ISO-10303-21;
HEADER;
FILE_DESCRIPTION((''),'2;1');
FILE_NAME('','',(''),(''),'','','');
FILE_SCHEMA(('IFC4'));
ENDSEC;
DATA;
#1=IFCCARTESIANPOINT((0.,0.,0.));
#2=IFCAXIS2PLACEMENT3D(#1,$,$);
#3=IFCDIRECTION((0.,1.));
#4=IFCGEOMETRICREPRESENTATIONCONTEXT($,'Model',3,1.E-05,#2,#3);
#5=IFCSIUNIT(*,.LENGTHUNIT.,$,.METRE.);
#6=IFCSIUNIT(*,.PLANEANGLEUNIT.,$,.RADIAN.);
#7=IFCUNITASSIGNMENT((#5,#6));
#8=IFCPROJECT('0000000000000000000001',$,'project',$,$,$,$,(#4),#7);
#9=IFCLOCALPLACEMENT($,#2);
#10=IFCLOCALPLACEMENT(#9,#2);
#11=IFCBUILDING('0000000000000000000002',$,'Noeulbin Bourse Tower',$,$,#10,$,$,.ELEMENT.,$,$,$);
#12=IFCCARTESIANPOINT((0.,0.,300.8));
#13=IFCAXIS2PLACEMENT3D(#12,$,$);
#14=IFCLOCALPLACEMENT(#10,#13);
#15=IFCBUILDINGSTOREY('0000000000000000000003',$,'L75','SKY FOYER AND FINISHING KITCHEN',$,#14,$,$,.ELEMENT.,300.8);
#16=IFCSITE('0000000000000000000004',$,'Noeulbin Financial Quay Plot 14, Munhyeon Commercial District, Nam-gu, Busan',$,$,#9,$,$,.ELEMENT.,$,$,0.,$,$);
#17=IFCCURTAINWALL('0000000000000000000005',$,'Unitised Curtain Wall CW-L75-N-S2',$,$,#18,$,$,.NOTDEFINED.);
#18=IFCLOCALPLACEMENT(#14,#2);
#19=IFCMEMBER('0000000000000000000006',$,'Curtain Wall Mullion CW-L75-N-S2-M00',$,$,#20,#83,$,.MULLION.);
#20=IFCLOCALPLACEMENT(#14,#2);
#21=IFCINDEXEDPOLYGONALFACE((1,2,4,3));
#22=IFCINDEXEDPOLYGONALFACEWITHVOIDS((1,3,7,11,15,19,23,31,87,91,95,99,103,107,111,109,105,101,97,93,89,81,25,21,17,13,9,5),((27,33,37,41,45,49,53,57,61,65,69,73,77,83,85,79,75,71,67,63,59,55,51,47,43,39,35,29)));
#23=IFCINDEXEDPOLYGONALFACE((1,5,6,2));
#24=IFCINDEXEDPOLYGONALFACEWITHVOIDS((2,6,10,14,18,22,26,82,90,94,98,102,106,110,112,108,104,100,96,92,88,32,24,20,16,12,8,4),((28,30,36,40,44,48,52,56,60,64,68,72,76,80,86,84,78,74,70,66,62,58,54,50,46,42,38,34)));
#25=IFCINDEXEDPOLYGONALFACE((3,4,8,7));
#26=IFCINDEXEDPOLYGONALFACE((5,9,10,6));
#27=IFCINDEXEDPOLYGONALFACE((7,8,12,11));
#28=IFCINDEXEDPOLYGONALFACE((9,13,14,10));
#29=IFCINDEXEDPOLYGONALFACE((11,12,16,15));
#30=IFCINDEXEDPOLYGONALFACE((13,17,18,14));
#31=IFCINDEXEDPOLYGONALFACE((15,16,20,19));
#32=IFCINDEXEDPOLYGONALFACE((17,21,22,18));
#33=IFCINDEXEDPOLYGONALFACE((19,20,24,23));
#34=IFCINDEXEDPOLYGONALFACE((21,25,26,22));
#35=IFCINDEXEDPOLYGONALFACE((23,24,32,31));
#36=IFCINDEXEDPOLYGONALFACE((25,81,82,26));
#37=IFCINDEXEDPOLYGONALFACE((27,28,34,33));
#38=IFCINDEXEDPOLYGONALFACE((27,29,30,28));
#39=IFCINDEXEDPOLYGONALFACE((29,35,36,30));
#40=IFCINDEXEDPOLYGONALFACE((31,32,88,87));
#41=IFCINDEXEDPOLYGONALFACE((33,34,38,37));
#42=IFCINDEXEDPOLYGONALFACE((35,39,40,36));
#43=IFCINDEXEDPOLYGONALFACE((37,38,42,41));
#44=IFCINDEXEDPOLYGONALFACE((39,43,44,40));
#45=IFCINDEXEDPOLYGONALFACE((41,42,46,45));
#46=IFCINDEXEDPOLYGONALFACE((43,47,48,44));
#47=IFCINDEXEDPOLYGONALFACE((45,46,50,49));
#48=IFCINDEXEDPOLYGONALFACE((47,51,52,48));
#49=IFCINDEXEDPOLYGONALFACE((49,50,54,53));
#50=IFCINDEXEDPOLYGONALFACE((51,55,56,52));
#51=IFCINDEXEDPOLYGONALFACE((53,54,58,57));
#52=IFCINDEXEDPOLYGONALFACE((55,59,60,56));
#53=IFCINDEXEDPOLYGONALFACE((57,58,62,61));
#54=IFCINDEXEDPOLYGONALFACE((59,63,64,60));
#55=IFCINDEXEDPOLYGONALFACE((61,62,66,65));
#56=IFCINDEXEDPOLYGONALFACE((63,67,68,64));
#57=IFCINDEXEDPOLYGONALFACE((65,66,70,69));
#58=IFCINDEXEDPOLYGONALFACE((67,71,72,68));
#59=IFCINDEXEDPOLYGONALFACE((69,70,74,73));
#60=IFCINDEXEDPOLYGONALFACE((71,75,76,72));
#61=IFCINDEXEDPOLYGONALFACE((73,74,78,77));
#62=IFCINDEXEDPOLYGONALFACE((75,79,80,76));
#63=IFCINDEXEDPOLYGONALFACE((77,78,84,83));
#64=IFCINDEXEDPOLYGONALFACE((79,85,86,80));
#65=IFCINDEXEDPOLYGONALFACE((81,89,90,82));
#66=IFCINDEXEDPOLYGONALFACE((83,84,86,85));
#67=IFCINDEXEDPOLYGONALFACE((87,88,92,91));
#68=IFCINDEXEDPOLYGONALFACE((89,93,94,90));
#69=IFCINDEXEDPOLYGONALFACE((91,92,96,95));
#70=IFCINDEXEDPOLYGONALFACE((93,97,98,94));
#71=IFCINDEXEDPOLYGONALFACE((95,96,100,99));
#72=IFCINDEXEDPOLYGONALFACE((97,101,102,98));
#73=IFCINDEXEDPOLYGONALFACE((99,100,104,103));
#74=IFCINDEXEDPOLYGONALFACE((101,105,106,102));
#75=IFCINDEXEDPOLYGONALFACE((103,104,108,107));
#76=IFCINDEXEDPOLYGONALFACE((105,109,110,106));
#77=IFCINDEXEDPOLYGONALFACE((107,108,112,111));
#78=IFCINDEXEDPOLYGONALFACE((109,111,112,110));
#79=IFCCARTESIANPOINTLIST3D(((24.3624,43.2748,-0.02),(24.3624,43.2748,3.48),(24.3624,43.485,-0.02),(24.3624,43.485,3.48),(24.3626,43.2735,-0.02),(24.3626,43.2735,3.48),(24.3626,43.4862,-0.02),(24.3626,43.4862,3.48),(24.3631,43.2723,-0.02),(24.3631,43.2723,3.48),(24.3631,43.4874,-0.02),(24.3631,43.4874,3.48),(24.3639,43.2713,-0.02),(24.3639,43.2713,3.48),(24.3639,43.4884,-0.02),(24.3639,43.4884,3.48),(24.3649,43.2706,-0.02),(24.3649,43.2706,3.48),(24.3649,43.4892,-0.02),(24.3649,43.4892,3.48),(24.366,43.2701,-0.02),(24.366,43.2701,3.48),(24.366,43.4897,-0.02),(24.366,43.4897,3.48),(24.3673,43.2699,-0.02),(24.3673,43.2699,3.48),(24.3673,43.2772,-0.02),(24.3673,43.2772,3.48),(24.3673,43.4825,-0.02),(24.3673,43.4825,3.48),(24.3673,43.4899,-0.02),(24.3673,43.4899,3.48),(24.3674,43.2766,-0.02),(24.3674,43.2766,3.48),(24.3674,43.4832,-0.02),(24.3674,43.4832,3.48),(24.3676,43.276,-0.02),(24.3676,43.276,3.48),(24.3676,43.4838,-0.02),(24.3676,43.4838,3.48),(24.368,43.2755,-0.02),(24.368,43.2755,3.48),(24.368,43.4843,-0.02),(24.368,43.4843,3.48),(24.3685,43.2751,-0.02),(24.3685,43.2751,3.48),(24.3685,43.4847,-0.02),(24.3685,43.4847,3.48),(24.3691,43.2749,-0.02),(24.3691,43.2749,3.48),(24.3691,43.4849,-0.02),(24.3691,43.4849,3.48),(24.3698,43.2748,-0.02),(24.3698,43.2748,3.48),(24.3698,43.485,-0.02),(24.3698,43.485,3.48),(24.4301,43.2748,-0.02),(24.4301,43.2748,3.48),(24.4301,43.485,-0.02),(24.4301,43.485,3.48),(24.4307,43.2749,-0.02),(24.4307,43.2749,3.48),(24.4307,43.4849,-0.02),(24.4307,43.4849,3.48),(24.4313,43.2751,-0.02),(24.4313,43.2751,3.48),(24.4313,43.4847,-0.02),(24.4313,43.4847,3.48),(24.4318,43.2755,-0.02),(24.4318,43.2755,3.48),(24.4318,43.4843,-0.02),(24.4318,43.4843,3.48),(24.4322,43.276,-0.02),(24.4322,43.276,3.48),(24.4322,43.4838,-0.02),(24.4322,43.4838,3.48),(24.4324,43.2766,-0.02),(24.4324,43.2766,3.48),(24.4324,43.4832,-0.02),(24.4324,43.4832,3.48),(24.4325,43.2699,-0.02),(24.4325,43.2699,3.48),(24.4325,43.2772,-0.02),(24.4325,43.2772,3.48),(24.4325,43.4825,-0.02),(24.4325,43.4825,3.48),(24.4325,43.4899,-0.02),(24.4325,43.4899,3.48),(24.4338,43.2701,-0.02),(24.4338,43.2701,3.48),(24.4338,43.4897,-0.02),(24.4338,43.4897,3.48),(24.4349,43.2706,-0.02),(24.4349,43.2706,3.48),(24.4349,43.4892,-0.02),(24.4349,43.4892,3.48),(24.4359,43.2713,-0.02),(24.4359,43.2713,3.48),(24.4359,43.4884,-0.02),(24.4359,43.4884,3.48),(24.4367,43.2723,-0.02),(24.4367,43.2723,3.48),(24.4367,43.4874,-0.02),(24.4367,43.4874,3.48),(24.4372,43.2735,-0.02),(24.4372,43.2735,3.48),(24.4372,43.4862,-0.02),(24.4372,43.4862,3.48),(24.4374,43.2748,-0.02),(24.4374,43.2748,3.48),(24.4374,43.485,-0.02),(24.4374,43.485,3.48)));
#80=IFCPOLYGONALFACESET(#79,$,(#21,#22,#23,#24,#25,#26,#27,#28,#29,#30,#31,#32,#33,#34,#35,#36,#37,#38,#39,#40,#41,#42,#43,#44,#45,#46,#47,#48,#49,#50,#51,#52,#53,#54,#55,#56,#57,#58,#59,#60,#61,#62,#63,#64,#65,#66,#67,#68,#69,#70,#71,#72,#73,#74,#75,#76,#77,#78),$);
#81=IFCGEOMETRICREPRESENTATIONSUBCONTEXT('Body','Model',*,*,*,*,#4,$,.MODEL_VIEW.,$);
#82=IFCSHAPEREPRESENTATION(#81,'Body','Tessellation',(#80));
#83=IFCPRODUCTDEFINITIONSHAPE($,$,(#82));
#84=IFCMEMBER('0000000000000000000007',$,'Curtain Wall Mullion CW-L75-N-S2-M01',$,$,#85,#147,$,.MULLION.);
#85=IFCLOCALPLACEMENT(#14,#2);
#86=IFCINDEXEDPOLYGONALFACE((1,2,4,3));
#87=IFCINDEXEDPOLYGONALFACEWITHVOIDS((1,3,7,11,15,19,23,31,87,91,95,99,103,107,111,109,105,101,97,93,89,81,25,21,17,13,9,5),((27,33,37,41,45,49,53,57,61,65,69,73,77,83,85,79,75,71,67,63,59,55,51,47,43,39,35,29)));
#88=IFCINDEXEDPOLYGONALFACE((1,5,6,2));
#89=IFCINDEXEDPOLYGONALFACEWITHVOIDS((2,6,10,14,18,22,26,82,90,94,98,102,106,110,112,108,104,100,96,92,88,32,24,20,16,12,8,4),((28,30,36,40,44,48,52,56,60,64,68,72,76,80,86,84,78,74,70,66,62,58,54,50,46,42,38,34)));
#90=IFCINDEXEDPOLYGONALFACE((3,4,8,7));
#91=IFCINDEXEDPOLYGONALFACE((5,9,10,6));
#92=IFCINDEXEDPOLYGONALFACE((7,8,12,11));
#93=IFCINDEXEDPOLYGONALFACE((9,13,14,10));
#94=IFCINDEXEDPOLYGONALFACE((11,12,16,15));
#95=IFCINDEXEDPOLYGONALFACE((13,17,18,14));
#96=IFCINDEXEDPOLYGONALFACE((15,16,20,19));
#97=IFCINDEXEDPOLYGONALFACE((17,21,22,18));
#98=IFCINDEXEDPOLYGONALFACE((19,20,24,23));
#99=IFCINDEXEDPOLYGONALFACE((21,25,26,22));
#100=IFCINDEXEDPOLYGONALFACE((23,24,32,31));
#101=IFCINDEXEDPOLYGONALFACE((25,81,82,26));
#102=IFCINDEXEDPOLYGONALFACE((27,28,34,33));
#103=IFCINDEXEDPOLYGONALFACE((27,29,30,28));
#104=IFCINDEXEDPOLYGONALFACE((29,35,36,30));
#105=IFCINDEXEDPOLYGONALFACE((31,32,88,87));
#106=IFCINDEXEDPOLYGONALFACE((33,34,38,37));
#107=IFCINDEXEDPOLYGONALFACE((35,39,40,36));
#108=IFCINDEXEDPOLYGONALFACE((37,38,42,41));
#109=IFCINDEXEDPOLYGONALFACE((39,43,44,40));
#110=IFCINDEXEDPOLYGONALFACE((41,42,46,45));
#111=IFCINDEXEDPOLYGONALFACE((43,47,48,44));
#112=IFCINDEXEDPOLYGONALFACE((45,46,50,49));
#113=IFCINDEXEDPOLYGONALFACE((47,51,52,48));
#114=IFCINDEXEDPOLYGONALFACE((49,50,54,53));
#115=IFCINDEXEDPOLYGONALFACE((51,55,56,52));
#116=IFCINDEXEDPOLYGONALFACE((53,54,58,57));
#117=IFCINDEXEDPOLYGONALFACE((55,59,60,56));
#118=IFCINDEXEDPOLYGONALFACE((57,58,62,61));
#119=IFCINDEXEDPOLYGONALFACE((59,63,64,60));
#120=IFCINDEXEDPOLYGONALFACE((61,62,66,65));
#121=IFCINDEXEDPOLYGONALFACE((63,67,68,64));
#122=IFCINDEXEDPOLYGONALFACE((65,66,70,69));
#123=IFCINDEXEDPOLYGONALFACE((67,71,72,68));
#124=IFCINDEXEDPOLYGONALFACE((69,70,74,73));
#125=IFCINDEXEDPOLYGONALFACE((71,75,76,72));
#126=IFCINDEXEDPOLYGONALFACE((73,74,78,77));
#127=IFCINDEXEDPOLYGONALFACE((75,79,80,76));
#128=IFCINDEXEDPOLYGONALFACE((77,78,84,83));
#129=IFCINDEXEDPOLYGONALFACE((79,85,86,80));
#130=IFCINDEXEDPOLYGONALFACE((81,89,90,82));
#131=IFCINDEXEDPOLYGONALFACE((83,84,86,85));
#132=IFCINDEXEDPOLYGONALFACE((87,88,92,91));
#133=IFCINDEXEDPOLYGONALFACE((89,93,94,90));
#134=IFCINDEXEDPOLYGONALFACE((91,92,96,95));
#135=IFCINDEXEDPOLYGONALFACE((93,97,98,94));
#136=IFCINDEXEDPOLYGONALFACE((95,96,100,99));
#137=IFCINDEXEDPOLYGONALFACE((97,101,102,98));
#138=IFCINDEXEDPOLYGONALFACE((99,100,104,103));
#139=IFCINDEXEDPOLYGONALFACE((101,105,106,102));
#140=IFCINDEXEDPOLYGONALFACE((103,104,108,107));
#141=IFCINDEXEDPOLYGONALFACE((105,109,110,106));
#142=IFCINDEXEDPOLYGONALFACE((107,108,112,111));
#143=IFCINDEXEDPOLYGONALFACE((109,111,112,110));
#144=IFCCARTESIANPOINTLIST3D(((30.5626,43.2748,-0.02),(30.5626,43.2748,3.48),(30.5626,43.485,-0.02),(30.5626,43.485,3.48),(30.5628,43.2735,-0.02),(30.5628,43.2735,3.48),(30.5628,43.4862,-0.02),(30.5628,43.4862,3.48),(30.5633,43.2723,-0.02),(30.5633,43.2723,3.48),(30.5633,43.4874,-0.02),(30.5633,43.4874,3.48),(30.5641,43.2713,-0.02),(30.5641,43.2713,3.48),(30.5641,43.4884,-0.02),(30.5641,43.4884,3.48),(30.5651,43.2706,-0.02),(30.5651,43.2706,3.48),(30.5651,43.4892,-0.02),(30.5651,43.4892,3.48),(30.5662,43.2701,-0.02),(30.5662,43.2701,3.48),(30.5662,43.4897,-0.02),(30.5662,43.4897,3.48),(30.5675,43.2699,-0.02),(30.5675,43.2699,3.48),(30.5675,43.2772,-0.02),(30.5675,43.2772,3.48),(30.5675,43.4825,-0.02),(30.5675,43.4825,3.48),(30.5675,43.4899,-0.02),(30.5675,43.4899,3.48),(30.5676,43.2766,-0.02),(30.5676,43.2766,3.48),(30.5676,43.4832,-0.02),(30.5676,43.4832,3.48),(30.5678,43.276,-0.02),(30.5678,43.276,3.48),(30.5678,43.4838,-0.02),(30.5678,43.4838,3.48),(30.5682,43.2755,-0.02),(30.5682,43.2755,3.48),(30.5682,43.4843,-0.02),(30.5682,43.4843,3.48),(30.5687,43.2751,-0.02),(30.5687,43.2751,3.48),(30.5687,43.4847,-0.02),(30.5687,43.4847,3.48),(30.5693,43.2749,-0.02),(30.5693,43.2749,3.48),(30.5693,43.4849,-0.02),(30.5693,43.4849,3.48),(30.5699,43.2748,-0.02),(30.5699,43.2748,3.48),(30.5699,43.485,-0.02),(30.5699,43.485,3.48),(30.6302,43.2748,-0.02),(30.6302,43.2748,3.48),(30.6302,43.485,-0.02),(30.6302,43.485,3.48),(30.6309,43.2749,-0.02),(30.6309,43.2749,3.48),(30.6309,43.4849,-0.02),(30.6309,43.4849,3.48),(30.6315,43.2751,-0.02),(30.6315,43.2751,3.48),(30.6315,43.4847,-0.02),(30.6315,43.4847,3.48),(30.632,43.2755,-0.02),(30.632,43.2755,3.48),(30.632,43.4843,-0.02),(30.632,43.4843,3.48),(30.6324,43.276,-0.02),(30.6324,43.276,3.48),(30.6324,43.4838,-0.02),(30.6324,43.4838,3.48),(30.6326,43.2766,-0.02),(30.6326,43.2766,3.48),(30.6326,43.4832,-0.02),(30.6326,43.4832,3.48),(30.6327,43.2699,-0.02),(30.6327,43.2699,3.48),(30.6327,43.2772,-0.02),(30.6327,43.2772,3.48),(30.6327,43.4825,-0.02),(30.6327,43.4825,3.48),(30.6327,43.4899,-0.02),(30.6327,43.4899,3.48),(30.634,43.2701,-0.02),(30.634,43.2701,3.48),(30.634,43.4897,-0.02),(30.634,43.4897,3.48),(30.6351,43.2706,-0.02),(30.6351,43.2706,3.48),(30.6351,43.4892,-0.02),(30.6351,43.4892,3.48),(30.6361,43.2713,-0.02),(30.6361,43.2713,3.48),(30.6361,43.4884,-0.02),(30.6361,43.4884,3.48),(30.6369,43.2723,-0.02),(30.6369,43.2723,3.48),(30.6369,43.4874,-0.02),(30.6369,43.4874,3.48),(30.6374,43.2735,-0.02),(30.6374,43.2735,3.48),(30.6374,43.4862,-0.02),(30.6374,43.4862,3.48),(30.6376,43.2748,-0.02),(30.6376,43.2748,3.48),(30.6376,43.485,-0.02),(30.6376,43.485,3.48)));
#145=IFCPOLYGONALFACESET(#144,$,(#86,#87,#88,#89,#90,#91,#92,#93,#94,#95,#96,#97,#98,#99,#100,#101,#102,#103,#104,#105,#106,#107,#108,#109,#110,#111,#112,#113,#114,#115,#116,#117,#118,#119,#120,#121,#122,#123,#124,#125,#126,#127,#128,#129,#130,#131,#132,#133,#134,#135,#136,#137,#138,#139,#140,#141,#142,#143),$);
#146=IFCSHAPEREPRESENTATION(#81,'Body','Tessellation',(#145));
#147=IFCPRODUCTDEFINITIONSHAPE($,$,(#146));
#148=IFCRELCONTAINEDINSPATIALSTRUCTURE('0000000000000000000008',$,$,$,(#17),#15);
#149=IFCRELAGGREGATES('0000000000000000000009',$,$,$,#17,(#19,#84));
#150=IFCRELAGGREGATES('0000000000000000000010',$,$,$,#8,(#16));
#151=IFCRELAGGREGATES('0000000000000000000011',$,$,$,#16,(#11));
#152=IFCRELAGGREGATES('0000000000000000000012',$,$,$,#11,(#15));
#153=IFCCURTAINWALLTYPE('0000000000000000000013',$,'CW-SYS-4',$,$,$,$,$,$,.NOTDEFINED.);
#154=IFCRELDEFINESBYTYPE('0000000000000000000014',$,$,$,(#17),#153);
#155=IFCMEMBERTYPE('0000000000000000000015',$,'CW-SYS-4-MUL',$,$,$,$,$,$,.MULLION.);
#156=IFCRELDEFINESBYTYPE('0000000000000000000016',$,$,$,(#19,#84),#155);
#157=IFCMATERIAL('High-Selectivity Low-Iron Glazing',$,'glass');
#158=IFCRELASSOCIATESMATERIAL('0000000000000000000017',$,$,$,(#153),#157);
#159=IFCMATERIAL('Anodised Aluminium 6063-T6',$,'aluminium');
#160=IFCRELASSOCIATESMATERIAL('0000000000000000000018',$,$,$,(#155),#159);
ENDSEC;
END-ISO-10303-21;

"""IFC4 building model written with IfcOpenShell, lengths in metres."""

from ifc_helpers import new_model, si_unit, direction, frame, origin, origin_2d, place, context, subcontext, project, spatial, hollow_rectangle, extrude, material, material_profile, profile_set, type_object, element, aggregate, save


model = new_model("IFC4")

# Units and contexts
model_context = context("Model", 3, precision=1e-05, world=origin(), true_north=direction((0.0, 1.0)))
body_context = subcontext(model_context, "Body", "Model", "MODEL_VIEW")
ifc_project = project(units=[si_unit("LENGTHUNIT", "METRE"), si_unit("PLANEANGLEUNIT", "RADIAN")], contexts=[model_context])

# Site, building, storey
site_placement = place(None, origin())
site = spatial("IfcSite", under=ifc_project, at=site_placement, Name="Noeulbin Financial Quay Plot 14, Munhyeon Commercial District, Nam-gu, Busan", CompositionType="ELEMENT", RefElevation=0.0)
building_placement = place(site_placement, origin())
building = spatial("IfcBuilding", under=site, at=building_placement, Name="Noeulbin Bourse Tower", CompositionType="ELEMENT")
storey_placement = place(building_placement, frame((0.0, 0.0, 300.8)))
storey = spatial("IfcBuildingStorey", under=building, at=storey_placement, Name="L75", Description="SKY FOYER AND FINISHING KITCHEN", CompositionType="ELEMENT", Elevation=300.8)

# Curtain wall, members
ifc_material_1 = material(Name="High-Selectivity Low-Iron Glazing", Category="glass")
curtain_wall_type = type_object("IfcCurtainWallType", Name="CW-SYS-4", PredefinedType="NOTDEFINED", material=ifc_material_1)
ifc_material_2 = material(Name="Anodised Aluminium 6063-T6", Category="aluminium")
ifc_material_profile_1 = material_profile(ifc_material_2, hollow_rectangle(XDim=0.075, YDim=0.22, WallThickness=0.0049, InnerFilletRadius=0.0024, OuterFilletRadius=0.0049, at=origin_2d()), Name="ALU-MULL-75x220x5", Category="LoadBearing")
ifc_profile_set_1 = profile_set([ifc_material_profile_1], Name="Anodised Aluminium 6063-T6")
member_type_1 = type_object("IfcMemberType", Name="CW-SYS-4-MUL", PredefinedType="MULLION", material=ifc_profile_set_1)
curtain_wall_1_placement = place(storey_placement, origin())
curtain_wall_1 = element("IfcCurtainWall", 1, at=curtain_wall_1_placement, inside=storey, type_object=curtain_wall_type, Name="Unitised Curtain Wall CW-L75-N-S2", PredefinedType="NOTDEFINED")
member_1_placement = place(storey_placement, frame((24.3999, 43.3799, -0.02), z_axis=(0.0, 0.0, 1.0), x_axis=(1.0, 0.0, 0.0)))
member_1 = element("IfcMember", 2, at=member_1_placement, type_object=member_type_1, Name="Curtain Wall Mullion CW-L75-N-S2-M00", PredefinedType="MULLION", context=body_context, shape_type="SweptSolid", body=[
    extrude(hollow_rectangle(XDim=0.075, YDim=0.22, WallThickness=0.0049, InnerFilletRadius=0.0024, OuterFilletRadius=0.0049, at=origin_2d()), origin(), (0.0, 0.0, 1.0), 3.5),
])
member_2_placement = place(storey_placement, frame((30.6001, 43.3799, -0.02), z_axis=(0.0, 0.0, 1.0), x_axis=(1.0, 0.0, 0.0)))
member_2 = element("IfcMember", 3, at=member_2_placement, type_object=member_type_1, Name="Curtain Wall Mullion CW-L75-N-S2-M01", PredefinedType="MULLION", context=body_context, shape_type="SweptSolid", body=[
    extrude(hollow_rectangle(XDim=0.075, YDim=0.22, WallThickness=0.0049, InnerFilletRadius=0.0024, OuterFilletRadius=0.0049, at=origin_2d()), origin(), (0.0, 0.0, 1.0), 3.5),
])

aggregate(curtain_wall_1, [member_1, member_2])

save(model, "model.ifc")
